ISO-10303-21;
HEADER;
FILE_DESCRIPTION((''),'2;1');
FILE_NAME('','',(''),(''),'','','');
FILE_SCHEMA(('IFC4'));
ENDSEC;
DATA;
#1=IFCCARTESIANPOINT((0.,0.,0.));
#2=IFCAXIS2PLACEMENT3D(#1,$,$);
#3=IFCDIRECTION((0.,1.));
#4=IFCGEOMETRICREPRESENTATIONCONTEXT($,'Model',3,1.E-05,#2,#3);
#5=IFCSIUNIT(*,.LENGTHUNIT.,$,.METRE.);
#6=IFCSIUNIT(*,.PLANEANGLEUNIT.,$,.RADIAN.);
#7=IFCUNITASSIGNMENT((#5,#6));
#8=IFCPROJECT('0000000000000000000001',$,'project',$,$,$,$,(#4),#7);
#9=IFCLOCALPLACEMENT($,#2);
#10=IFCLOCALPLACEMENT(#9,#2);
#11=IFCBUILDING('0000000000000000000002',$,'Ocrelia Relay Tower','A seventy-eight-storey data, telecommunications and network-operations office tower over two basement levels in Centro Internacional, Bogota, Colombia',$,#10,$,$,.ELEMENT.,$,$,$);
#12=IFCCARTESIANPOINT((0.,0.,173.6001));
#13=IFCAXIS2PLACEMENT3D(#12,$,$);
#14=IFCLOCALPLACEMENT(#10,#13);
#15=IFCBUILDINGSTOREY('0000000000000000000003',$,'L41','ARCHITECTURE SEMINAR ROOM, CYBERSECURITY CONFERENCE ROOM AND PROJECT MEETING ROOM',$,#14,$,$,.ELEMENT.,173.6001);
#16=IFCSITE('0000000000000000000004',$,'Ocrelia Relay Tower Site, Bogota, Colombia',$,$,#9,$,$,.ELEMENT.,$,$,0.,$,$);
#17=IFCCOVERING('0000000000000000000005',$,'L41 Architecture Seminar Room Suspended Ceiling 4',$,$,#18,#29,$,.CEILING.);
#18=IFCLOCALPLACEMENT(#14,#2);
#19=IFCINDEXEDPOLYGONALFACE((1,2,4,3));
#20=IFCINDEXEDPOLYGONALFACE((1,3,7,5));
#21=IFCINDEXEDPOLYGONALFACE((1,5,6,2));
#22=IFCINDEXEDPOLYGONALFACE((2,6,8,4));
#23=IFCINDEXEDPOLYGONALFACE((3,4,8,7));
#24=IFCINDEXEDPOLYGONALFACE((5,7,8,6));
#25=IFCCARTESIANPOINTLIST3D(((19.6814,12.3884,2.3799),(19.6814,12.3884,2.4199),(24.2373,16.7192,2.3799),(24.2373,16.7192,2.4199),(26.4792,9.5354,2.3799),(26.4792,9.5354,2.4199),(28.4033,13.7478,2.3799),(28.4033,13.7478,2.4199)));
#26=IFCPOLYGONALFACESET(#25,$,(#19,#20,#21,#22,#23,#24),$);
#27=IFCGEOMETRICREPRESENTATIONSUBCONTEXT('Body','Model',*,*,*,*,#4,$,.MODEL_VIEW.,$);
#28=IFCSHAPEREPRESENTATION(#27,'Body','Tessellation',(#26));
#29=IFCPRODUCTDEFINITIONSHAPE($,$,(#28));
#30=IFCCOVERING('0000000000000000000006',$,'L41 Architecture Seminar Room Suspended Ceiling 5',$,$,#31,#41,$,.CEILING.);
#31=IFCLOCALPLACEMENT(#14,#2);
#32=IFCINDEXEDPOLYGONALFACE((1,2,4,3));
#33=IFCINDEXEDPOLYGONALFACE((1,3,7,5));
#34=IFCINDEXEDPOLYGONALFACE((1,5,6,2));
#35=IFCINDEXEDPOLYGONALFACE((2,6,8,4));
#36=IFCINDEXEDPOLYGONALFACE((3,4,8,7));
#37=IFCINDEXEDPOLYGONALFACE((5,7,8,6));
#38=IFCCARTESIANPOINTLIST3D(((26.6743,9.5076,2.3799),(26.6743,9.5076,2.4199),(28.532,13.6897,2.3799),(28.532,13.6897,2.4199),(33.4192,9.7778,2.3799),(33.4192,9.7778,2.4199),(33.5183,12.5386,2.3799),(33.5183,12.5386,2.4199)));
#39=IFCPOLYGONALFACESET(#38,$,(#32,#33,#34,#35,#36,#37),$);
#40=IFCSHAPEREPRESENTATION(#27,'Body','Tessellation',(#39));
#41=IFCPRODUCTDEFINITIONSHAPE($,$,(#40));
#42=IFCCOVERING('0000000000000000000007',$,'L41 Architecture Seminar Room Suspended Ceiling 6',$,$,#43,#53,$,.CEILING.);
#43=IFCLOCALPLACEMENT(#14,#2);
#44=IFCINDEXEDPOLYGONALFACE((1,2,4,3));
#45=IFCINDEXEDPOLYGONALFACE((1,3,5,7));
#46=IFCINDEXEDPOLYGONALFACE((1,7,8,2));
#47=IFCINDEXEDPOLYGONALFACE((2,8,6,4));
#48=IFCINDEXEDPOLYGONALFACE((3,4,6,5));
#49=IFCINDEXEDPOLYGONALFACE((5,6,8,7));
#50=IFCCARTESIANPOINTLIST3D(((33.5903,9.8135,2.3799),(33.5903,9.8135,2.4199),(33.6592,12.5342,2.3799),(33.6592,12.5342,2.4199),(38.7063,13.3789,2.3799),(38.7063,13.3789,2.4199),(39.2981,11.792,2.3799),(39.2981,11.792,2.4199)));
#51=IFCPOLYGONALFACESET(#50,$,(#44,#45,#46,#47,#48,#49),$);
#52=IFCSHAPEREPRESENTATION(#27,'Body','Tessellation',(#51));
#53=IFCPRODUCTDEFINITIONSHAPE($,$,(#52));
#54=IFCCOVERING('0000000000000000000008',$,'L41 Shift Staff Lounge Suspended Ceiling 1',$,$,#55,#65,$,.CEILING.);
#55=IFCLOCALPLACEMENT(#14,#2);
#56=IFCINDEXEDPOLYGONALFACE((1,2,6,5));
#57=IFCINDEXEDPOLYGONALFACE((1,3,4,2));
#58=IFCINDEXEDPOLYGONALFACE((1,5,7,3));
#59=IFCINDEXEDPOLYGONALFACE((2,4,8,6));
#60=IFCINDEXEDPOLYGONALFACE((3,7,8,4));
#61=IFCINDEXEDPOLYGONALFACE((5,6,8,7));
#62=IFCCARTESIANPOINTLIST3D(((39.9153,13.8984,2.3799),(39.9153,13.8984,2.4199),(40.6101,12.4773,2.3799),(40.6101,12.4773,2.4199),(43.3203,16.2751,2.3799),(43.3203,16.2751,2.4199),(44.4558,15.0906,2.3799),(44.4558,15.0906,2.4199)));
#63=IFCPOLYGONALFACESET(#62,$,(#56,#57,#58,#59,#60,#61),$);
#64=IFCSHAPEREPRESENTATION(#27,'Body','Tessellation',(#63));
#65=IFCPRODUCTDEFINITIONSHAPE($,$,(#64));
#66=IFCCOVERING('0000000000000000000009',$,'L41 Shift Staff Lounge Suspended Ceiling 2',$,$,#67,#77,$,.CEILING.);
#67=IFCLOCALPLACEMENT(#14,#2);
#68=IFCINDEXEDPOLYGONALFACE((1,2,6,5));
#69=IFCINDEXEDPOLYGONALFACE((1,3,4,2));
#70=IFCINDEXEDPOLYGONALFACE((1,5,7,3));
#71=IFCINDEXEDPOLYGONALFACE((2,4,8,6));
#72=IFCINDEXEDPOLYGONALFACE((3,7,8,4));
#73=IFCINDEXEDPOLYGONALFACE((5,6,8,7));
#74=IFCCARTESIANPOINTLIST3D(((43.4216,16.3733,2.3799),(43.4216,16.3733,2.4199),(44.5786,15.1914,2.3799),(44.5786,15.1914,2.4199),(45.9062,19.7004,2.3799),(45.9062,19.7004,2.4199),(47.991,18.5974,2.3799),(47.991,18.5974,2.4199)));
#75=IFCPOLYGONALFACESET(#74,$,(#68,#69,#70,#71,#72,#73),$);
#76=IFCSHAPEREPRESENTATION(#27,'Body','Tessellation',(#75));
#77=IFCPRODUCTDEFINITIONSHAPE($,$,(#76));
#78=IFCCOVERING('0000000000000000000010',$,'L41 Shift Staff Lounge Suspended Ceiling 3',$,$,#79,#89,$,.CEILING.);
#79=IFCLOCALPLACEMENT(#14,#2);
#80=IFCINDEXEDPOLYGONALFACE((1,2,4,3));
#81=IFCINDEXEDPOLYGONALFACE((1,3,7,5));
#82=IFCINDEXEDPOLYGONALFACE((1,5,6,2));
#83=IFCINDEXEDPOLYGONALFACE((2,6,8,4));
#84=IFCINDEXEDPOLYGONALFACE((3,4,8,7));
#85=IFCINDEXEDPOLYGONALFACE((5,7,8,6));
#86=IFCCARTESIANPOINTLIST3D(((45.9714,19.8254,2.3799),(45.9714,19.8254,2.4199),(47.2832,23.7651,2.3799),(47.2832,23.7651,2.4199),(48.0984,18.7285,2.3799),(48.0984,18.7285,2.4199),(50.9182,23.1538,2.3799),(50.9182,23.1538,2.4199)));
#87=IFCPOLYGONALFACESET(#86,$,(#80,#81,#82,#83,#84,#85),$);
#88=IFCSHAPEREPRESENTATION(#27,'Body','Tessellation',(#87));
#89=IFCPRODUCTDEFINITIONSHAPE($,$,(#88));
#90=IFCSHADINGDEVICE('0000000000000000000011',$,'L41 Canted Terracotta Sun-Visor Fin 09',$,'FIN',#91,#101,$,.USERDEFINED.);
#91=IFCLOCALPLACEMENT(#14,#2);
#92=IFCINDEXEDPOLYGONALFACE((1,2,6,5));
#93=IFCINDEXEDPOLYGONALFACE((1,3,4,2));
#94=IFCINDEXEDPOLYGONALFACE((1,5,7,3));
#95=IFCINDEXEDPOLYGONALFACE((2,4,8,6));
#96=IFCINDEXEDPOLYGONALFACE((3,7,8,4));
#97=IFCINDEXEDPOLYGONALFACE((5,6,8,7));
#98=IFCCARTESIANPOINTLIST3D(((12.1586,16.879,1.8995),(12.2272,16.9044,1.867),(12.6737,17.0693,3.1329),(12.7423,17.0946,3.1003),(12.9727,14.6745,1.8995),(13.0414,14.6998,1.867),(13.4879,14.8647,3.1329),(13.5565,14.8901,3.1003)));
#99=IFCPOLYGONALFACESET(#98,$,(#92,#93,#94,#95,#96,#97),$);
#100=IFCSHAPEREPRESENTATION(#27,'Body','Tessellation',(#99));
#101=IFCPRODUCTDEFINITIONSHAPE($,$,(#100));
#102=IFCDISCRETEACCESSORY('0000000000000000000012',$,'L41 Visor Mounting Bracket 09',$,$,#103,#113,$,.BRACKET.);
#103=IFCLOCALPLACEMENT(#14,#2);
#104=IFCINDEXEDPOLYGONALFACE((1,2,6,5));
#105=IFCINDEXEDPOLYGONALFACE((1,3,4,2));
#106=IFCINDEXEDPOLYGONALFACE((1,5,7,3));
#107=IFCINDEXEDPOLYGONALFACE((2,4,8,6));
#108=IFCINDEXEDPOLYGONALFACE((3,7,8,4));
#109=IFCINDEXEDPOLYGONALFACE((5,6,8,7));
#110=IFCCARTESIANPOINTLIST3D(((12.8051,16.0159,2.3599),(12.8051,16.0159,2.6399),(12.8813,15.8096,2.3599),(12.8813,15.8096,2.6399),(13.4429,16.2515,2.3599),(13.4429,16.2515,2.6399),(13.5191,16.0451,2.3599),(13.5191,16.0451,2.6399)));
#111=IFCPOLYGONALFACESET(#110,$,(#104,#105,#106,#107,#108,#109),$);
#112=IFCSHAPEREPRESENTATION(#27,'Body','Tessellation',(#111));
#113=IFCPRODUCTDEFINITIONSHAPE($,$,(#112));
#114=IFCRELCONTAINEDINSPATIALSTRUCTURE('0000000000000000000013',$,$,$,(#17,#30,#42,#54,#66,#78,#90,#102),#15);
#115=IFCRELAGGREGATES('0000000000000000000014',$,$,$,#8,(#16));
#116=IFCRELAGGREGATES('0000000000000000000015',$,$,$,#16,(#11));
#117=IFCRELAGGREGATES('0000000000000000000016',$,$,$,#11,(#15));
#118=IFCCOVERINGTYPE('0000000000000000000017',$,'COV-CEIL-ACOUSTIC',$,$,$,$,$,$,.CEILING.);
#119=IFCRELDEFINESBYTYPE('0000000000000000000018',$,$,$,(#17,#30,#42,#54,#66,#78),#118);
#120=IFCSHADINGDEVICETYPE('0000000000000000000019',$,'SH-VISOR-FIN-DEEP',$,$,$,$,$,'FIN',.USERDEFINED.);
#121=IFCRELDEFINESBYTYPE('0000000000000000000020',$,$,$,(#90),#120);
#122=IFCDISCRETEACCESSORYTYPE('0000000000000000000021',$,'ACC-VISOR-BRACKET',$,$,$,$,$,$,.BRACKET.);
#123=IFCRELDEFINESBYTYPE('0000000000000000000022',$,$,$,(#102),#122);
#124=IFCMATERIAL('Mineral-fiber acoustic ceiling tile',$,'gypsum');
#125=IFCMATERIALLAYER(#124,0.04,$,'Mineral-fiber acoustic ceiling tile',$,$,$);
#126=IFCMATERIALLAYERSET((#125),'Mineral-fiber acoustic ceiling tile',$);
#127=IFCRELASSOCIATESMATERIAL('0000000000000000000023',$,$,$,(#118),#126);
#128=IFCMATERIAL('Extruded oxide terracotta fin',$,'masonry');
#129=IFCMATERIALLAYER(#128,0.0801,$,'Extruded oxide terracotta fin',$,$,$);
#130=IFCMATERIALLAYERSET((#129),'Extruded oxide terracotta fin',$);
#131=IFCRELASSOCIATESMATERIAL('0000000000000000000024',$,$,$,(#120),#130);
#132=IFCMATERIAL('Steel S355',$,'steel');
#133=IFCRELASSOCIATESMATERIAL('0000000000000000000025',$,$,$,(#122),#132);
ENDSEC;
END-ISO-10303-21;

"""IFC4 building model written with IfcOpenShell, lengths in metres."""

from ifc_helpers import new_model, si_unit, direction, frame, origin, origin_2d, place, context, subcontext, project, spatial, polyline, rectangle, outline, extrude, material, layer, layer_set, type_object, element, save


model = new_model("IFC4")

# Units and contexts
model_context = context("Model", 3, precision=1e-05, world=origin(), true_north=direction((0.0, 1.0)))
body_context = subcontext(model_context, "Body", "Model", "MODEL_VIEW")
ifc_project = project(units=[si_unit("LENGTHUNIT", "METRE"), si_unit("PLANEANGLEUNIT", "RADIAN")], contexts=[model_context])

# Site, building, storey
site_placement = place(None, origin())
site = spatial("IfcSite", under=ifc_project, at=site_placement, Name="Ocrelia Relay Tower Site, Bogota, Colombia", CompositionType="ELEMENT", RefElevation=0.0)
building_placement = place(site_placement, origin())
building = spatial("IfcBuilding", under=site, at=building_placement, Name="Ocrelia Relay Tower", Description="A seventy-eight-storey data, telecommunications and network-operations office tower over two basement levels in Centro Internacional, Bogota, Colombia", CompositionType="ELEMENT")
storey_placement = place(building_placement, frame((0.0, 0.0, 173.6001)))
storey = spatial("IfcBuildingStorey", under=building, at=storey_placement, Name="L41", Description="ARCHITECTURE SEMINAR ROOM, CYBERSECURITY CONFERENCE ROOM AND PROJECT MEETING ROOM", CompositionType="ELEMENT", Elevation=173.6001)

# Coverings
ifc_material_1 = material(Name="Mineral-fiber acoustic ceiling tile", Category="gypsum")
ifc_layer_1 = layer(ifc_material_1, 0.04, Name="Mineral-fiber acoustic ceiling tile")
ifc_layer_set_1 = layer_set([ifc_layer_1], Name="Mineral-fiber acoustic ceiling tile")
covering_type = type_object("IfcCoveringType", Name="COV-CEIL-ACOUSTIC", PredefinedType="CEILING", material=ifc_layer_set_1)
covering_1_placement = place(storey_placement, frame((0.0, 0.0, 2.3799)))
element("IfcCovering", 1, at=covering_1_placement, inside=storey, type_object=covering_type, Name="L41 Architecture Seminar Room Suspended Ceiling 4", PredefinedType="CEILING", context=body_context, shape_type="SweptSolid", body=[
    extrude(outline(polyline([(24.2373, 16.7192), (19.6814, 12.3884), (26.4792, 9.5354), (28.4033, 13.7478), (24.2373, 16.7192)])), origin(), (0.0, 0.0, 1.0), 0.04),
])
covering_2_placement = place(storey_placement, frame((0.0, 0.0, 2.3799)))
element("IfcCovering", 2, at=covering_2_placement, inside=storey, type_object=covering_type, Name="L41 Architecture Seminar Room Suspended Ceiling 5", PredefinedType="CEILING", context=body_context, shape_type="SweptSolid", body=[
    extrude(outline(polyline([(28.532, 13.6897), (26.6743, 9.5076), (33.4192, 9.7778), (33.5183, 12.5386), (28.532, 13.6897)])), origin(), (0.0, 0.0, 1.0), 0.04),
])
covering_3_placement = place(storey_placement, frame((0.0, 0.0, 2.3799)))
element("IfcCovering", 3, at=covering_3_placement, inside=storey, type_object=covering_type, Name="L41 Architecture Seminar Room Suspended Ceiling 6", PredefinedType="CEILING", context=body_context, shape_type="SweptSolid", body=[
    extrude(outline(polyline([(33.6592, 12.5342), (33.5903, 9.8135), (39.2981, 11.792), (38.7063, 13.3789), (33.6592, 12.5342)])), origin(), (0.0, 0.0, 1.0), 0.04),
])
covering_4_placement = place(storey_placement, frame((0.0, 0.0, 2.3799)))
element("IfcCovering", 4, at=covering_4_placement, inside=storey, type_object=covering_type, Name="L41 Shift Staff Lounge Suspended Ceiling 1", PredefinedType="CEILING", context=body_context, shape_type="SweptSolid", body=[
    extrude(outline(polyline([(39.9153, 13.8984), (40.6101, 12.4773), (44.4558, 15.0906), (43.3203, 16.2751), (39.9153, 13.8984)])), origin(), (0.0, 0.0, 1.0), 0.04),
])
covering_5_placement = place(storey_placement, frame((0.0, 0.0, 2.3799)))
element("IfcCovering", 5, at=covering_5_placement, inside=storey, type_object=covering_type, Name="L41 Shift Staff Lounge Suspended Ceiling 2", PredefinedType="CEILING", context=body_context, shape_type="SweptSolid", body=[
    extrude(outline(polyline([(43.4216, 16.3733), (44.5786, 15.1914), (47.991, 18.5974), (45.9062, 19.7004), (43.4216, 16.3733)])), origin(), (0.0, 0.0, 1.0), 0.04),
])
covering_6_placement = place(storey_placement, frame((0.0, 0.0, 2.3799)))
element("IfcCovering", 6, at=covering_6_placement, inside=storey, type_object=covering_type, Name="L41 Shift Staff Lounge Suspended Ceiling 3", PredefinedType="CEILING", context=body_context, shape_type="SweptSolid", body=[
    extrude(outline(polyline([(45.9714, 19.8254), (48.0984, 18.7285), (50.9182, 23.1538), (47.2832, 23.7651), (45.9714, 19.8254)])), origin(), (0.0, 0.0, 1.0), 0.04),
])

# Shading device
ifc_material_2 = material(Name="Extruded oxide terracotta fin", Category="masonry")
ifc_layer_2 = layer(ifc_material_2, 0.0801, Name="Extruded oxide terracotta fin")
ifc_layer_set_2 = layer_set([ifc_layer_2], Name="Extruded oxide terracotta fin")
shading_device_type = type_object("IfcShadingDeviceType", Name="SH-VISOR-FIN-DEEP", ElementType="FIN", PredefinedType="USERDEFINED", material=ifc_layer_set_2)
shading_device_placement = place(storey_placement, frame((12.8918, 15.8972, 2.4836), z_axis=(-0.856972, -0.316488, 0.406737), x_axis=(0.346439, -0.938072, 0.0)))
element("IfcShadingDevice", 7, at=shading_device_placement, inside=storey, type_object=shading_device_type, Name="L41 Canted Terracotta Sun-Visor Fin 09", ObjectType="FIN", PredefinedType="USERDEFINED", context=body_context, shape_type="SweptSolid", body=[
    extrude(rectangle(XDim=2.3501, YDim=1.3501, at=origin_2d()), origin(), (0.0, 0.0, 1.0), 0.0801),
])

# Discrete accessory
ifc_material_3 = material(Name="Steel S355", Category="steel")
discrete_accessory_type = type_object("IfcDiscreteAccessoryType", Name="ACC-VISOR-BRACKET", PredefinedType="BRACKET", material=ifc_material_3)
discrete_accessory_placement = place(storey_placement, frame((13.1621, 16.0305, 2.3599), z_axis=(0.0, 0.0, 1.0), x_axis=(0.346439, -0.938072, 0.0)))
element("IfcDiscreteAccessory", 8, at=discrete_accessory_placement, inside=storey, type_object=discrete_accessory_type, Name="L41 Visor Mounting Bracket 09", PredefinedType="BRACKET", context=body_context, shape_type="SweptSolid", body=[
    extrude(rectangle(XDim=0.22, YDim=0.6799, at=origin_2d()), origin(), (0.0, 0.0, 1.0), 0.28),
])

save(model, "model.ifc")
